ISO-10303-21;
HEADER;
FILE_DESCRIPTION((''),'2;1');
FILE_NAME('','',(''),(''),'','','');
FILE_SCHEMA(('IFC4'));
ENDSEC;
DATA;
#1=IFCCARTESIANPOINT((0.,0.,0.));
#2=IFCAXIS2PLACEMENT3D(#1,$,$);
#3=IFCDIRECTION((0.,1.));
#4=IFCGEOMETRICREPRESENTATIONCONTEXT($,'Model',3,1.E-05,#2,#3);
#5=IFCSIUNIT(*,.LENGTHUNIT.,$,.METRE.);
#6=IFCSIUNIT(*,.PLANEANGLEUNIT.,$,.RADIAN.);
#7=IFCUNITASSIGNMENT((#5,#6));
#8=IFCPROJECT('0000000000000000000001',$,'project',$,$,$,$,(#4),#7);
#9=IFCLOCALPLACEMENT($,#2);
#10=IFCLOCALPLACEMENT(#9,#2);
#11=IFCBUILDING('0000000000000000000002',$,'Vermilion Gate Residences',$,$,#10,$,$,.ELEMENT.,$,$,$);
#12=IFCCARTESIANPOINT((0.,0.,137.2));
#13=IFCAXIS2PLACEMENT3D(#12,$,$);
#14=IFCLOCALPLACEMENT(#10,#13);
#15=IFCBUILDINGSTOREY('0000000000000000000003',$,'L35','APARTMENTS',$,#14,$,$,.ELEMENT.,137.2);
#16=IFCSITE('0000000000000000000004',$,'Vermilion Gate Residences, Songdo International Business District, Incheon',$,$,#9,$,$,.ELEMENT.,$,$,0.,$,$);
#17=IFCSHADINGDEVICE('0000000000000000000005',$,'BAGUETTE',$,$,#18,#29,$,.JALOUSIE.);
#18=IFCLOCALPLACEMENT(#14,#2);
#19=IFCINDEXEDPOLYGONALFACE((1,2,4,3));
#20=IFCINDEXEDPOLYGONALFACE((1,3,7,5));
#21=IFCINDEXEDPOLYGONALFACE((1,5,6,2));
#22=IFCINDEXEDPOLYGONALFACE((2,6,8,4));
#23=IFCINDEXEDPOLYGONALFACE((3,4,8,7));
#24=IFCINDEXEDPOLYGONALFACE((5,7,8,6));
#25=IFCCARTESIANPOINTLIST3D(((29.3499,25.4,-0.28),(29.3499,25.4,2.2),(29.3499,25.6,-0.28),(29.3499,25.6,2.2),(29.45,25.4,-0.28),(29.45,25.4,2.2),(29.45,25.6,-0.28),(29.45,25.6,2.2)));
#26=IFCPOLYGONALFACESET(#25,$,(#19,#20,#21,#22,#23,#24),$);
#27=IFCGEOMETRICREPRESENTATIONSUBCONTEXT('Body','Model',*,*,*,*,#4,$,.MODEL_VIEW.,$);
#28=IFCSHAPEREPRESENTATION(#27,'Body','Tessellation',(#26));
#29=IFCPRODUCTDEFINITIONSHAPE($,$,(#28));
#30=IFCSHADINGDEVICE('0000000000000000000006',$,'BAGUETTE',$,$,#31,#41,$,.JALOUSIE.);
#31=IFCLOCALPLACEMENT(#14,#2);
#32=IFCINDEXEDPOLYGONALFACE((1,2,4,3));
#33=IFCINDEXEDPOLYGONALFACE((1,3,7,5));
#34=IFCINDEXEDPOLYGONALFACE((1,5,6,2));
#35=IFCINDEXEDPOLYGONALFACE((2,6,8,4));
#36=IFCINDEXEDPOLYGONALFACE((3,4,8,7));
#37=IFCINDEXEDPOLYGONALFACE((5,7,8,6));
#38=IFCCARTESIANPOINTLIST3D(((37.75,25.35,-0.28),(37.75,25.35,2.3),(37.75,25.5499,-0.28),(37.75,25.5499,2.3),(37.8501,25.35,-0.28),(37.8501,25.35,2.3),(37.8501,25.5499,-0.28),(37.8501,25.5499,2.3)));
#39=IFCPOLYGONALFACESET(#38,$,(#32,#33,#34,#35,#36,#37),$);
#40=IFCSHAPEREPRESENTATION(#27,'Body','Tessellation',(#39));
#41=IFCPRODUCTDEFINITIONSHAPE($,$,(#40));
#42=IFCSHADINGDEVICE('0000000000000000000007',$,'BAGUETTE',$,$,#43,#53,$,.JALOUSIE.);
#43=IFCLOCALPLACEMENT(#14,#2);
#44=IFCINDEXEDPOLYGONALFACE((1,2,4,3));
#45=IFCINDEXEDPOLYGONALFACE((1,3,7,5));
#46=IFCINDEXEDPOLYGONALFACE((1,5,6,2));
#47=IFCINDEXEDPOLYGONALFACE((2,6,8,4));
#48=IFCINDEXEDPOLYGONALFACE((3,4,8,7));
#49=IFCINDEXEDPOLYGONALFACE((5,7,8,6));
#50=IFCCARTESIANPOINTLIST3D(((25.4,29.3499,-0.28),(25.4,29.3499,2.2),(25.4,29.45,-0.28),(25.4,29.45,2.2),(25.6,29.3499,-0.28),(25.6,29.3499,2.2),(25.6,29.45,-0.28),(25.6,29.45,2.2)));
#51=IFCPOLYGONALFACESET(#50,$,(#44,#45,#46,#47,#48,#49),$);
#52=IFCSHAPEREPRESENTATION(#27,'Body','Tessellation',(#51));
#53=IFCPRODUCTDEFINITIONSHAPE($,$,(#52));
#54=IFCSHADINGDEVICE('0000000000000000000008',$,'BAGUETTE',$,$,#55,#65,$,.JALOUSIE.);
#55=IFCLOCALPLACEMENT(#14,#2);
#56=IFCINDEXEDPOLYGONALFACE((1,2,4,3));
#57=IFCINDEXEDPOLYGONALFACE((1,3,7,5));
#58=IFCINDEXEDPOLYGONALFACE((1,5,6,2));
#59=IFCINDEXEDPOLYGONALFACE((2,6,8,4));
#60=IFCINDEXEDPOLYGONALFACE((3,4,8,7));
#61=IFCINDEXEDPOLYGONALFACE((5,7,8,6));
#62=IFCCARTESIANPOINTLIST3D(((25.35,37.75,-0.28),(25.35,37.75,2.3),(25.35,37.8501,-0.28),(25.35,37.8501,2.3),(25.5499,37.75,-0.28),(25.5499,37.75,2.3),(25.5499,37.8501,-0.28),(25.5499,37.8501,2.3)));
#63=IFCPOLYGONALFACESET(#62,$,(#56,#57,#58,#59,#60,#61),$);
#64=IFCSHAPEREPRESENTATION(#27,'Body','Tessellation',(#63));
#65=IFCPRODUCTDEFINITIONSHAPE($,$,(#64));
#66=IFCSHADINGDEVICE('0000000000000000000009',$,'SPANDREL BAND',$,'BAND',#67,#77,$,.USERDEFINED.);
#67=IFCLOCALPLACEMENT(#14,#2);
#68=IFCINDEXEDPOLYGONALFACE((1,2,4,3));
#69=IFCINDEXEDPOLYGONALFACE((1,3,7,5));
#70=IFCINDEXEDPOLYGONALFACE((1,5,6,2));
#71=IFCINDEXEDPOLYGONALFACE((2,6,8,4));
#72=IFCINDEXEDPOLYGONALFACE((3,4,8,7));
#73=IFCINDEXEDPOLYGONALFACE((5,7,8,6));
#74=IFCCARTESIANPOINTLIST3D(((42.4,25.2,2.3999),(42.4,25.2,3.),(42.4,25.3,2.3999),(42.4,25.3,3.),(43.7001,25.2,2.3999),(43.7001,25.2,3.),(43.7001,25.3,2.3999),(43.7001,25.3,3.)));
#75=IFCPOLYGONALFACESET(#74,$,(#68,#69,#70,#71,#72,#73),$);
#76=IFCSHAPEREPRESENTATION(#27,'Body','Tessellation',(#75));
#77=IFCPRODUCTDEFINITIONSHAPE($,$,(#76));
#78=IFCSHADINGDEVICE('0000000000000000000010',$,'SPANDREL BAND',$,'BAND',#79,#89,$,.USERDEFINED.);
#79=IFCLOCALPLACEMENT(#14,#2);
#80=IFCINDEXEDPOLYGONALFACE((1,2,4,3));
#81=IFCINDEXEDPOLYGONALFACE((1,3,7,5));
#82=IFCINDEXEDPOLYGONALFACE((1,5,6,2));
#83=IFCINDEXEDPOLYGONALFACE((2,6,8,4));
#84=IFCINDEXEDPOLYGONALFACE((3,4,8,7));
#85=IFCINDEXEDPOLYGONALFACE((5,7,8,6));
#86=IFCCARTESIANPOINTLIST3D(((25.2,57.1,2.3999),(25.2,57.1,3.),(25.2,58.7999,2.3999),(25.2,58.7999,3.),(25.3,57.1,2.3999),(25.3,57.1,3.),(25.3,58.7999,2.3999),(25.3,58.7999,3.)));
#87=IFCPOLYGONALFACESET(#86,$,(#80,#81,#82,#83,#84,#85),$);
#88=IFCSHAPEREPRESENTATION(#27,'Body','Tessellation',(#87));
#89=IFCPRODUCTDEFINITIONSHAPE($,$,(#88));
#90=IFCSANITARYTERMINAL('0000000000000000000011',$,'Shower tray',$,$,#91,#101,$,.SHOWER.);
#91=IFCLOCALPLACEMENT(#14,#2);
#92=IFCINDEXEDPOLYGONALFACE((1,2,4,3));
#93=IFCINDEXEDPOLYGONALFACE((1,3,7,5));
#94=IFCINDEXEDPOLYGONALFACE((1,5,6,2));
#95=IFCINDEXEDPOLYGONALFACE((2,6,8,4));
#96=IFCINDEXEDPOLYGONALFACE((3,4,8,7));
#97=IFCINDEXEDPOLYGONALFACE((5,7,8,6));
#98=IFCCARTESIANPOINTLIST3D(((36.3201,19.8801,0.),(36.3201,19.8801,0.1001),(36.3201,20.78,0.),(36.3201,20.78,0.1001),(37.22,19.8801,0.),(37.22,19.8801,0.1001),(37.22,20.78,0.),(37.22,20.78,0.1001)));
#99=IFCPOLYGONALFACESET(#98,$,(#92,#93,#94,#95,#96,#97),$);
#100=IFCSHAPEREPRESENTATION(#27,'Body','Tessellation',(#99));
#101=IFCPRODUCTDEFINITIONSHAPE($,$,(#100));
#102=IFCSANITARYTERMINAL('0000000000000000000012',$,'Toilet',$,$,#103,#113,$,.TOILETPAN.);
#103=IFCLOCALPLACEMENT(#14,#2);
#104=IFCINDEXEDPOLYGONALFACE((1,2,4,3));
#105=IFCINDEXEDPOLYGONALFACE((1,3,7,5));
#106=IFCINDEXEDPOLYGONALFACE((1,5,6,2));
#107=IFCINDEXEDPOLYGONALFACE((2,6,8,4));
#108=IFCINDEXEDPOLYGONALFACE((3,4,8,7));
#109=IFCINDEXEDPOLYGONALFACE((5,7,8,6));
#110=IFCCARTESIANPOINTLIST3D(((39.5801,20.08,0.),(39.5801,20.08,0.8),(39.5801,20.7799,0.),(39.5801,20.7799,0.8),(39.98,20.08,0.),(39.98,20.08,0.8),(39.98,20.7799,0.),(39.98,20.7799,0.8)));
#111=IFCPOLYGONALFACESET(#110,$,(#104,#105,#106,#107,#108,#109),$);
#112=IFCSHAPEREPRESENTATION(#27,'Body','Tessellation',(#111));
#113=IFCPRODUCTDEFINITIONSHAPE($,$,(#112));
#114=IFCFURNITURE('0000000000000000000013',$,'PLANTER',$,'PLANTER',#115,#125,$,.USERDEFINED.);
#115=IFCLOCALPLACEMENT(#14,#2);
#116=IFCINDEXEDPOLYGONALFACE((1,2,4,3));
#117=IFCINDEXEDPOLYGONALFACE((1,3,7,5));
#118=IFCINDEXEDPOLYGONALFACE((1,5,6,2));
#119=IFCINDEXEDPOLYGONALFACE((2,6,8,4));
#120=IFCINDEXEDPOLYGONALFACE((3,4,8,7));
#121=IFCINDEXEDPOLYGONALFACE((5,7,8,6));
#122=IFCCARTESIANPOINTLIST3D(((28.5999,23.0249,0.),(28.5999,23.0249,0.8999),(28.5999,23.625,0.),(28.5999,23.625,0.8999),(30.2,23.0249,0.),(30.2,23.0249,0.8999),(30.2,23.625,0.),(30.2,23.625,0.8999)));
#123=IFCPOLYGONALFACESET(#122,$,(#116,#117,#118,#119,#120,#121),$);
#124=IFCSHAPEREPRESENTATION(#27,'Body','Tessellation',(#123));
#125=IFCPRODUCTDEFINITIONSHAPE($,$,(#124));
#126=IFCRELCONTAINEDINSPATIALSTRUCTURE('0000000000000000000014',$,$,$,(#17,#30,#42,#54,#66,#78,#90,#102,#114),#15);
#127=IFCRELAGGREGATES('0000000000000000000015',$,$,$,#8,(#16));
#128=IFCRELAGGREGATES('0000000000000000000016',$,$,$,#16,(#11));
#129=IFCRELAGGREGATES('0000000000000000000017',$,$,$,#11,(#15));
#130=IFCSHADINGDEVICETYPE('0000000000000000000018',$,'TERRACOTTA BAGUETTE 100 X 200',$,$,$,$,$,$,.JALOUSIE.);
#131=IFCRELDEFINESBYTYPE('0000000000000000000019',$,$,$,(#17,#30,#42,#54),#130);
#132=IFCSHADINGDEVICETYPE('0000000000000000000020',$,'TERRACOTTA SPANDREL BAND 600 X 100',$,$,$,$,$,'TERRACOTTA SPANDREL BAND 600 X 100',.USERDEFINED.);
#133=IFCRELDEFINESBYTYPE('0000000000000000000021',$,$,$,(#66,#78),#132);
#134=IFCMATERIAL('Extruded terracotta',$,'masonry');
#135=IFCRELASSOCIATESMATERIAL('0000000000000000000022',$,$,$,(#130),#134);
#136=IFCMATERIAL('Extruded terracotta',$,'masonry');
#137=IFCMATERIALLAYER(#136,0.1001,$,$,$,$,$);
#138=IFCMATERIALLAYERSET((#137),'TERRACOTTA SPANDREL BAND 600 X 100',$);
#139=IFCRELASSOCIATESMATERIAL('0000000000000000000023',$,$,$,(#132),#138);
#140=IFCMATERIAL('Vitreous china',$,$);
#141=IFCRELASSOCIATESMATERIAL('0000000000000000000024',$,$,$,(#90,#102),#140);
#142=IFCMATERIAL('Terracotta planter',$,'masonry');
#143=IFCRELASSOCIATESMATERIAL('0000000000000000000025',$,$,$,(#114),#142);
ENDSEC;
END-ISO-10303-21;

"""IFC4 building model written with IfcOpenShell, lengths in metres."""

from ifc_helpers import new_model, si_unit, direction, frame, origin, origin_2d, place, context, subcontext, project, spatial, rectangle, extrude, material, layer, layer_set, material_profile, profile_set, type_object, element, save


model = new_model("IFC4")

# Units and contexts
model_context = context("Model", 3, precision=1e-05, world=origin(), true_north=direction((0.0, 1.0)))
body_context = subcontext(model_context, "Body", "Model", "MODEL_VIEW")
ifc_project = project(units=[si_unit("LENGTHUNIT", "METRE"), si_unit("PLANEANGLEUNIT", "RADIAN")], contexts=[model_context])

# Site, building, storey
site_placement = place(None, origin())
site = spatial("IfcSite", under=ifc_project, at=site_placement, Name="Vermilion Gate Residences, Songdo International Business District, Incheon", CompositionType="ELEMENT", RefElevation=0.0)
building_placement = place(site_placement, origin())
building = spatial("IfcBuilding", under=site, at=building_placement, Name="Vermilion Gate Residences", CompositionType="ELEMENT")
storey_placement = place(building_placement, frame((0.0, 0.0, 137.2)))
storey = spatial("IfcBuildingStorey", under=building, at=storey_placement, Name="L35", Description="APARTMENTS", CompositionType="ELEMENT", Elevation=137.2)

# Shading devices
ifc_material_1 = material(Name="Extruded terracotta", Category="masonry")
ifc_material_profile_1 = material_profile(ifc_material_1, rectangle(XDim=0.2, YDim=0.1001, at=origin_2d()), Name="BAGUETTE 100 X 200")
ifc_profile_set_1 = profile_set([ifc_material_profile_1], Name="Extruded terracotta")
shading_device_type_1 = type_object("IfcShadingDeviceType", Name="TERRACOTTA BAGUETTE 100 X 200", PredefinedType="JALOUSIE", material=ifc_profile_set_1)
shading_device_1_placement = place(storey_placement, frame((29.3999, 25.5, -0.28), z_axis=(0.0, 0.0, 1.0), x_axis=(0.0, -1.0, 0.0)))
element("IfcShadingDevice", 1, at=shading_device_1_placement, inside=storey, type_object=shading_device_type_1, Name="BAGUETTE", PredefinedType="JALOUSIE", context=body_context, shape_type="SweptSolid", body=[
    extrude(rectangle(XDim=0.2, YDim=0.1001, at=origin_2d()), origin(), (0.0, 0.0, 1.0), 2.48),
])
shading_device_2_placement = place(storey_placement, frame((37.8, 25.45, -0.28), z_axis=(0.0, 0.0, 1.0), x_axis=(0.0, -1.0, 0.0)))
element("IfcShadingDevice", 2, at=shading_device_2_placement, inside=storey, type_object=shading_device_type_1, Name="BAGUETTE", PredefinedType="JALOUSIE", context=body_context, shape_type="SweptSolid", body=[
    extrude(rectangle(XDim=0.2, YDim=0.1001, at=origin_2d()), origin(), (0.0, 0.0, 1.0), 2.5801),
])
shading_device_3_placement = place(storey_placement, frame((25.5, 29.3999, -0.28), z_axis=(0.0, 0.0, 1.0), x_axis=(-1.0, 0.0, 0.0)))
element("IfcShadingDevice", 3, at=shading_device_3_placement, inside=storey, type_object=shading_device_type_1, Name="BAGUETTE", PredefinedType="JALOUSIE", context=body_context, shape_type="SweptSolid", body=[
    extrude(rectangle(XDim=0.2, YDim=0.1001, at=origin_2d()), origin(), (0.0, 0.0, 1.0), 2.48),
])
shading_device_4_placement = place(storey_placement, frame((25.45, 37.8, -0.28), z_axis=(0.0, 0.0, 1.0), x_axis=(-1.0, 0.0, 0.0)))
element("IfcShadingDevice", 4, at=shading_device_4_placement, inside=storey, type_object=shading_device_type_1, Name="BAGUETTE", PredefinedType="JALOUSIE", context=body_context, shape_type="SweptSolid", body=[
    extrude(rectangle(XDim=0.2, YDim=0.1001, at=origin_2d()), origin(), (0.0, 0.0, 1.0), 2.5801),
])
ifc_material_2 = material(Name="Extruded terracotta", Category="masonry")
ifc_layer_1 = layer(ifc_material_2, 0.1001)
ifc_layer_set_1 = layer_set([ifc_layer_1], Name="TERRACOTTA SPANDREL BAND 600 X 100")
shading_device_type_2 = type_object("IfcShadingDeviceType", Name="TERRACOTTA SPANDREL BAND 600 X 100", ElementType="TERRACOTTA SPANDREL BAND 600 X 100", PredefinedType="USERDEFINED", material=ifc_layer_set_1)
shading_device_5_placement = place(storey_placement, frame((43.05, 25.25, 2.3999), z_axis=(0.0, 0.0, 1.0), x_axis=(1.0, 0.0, 0.0)))
element("IfcShadingDevice", 5, at=shading_device_5_placement, inside=storey, type_object=shading_device_type_2, Name="SPANDREL BAND", ObjectType="BAND", PredefinedType="USERDEFINED", context=body_context, shape_type="SweptSolid", body=[
    extrude(rectangle(XDim=1.3, YDim=0.1001, at=origin_2d()), origin(), (0.0, 0.0, 1.0), 0.6001),
])
shading_device_6_placement = place(storey_placement, frame((25.25, 57.95, 2.3999), z_axis=(0.0, 0.0, 1.0), x_axis=(0.0, 1.0, 0.0)))
element("IfcShadingDevice", 6, at=shading_device_6_placement, inside=storey, type_object=shading_device_type_2, Name="SPANDREL BAND", ObjectType="BAND", PredefinedType="USERDEFINED", context=body_context, shape_type="SweptSolid", body=[
    extrude(rectangle(XDim=1.7, YDim=0.1001, at=origin_2d()), origin(), (0.0, 0.0, 1.0), 0.6001),
])

# Sanitary terminals
ifc_material_3 = material(Name="Vitreous china")
sanitary_terminal_1_placement = place(storey_placement, frame((36.77, 20.3301, 0.0), z_axis=(0.0, 0.0, 1.0), x_axis=(1.0, 0.0, 0.0)))
element("IfcSanitaryTerminal", 7, at=sanitary_terminal_1_placement, inside=storey, material=ifc_material_3, Name="Shower tray", PredefinedType="SHOWER", context=body_context, shape_type="SweptSolid", body=[
    extrude(rectangle(XDim=0.8999, YDim=0.8999, at=origin_2d()), origin(), (0.0, 0.0, 1.0), 0.1001),
])
sanitary_terminal_2_placement = place(storey_placement, frame((39.78, 20.4299, 0.0), z_axis=(0.0, 0.0, 1.0), x_axis=(1.0, 0.0, 0.0)))
element("IfcSanitaryTerminal", 8, at=sanitary_terminal_2_placement, inside=storey, material=ifc_material_3, Name="Toilet", PredefinedType="TOILETPAN", context=body_context, shape_type="SweptSolid", body=[
    extrude(rectangle(XDim=0.3999, YDim=0.7, at=origin_2d()), origin(), (0.0, 0.0, 1.0), 0.8),
])

# Furniture
ifc_material_4 = material(Name="Terracotta planter", Category="masonry")
furniture_placement = place(storey_placement, frame((29.3999, 23.325, 0.0), z_axis=(0.0, 0.0, 1.0), x_axis=(-1.0, 0.0, 0.0)))
element("IfcFurniture", 9, at=furniture_placement, inside=storey, material=ifc_material_4, Name="PLANTER", ObjectType="PLANTER", PredefinedType="USERDEFINED", context=body_context, shape_type="SweptSolid", body=[
    extrude(rectangle(XDim=1.6001, YDim=0.6001, at=origin_2d()), origin(), (0.0, 0.0, 1.0), 0.8999),
])

save(model, "model.ifc")
